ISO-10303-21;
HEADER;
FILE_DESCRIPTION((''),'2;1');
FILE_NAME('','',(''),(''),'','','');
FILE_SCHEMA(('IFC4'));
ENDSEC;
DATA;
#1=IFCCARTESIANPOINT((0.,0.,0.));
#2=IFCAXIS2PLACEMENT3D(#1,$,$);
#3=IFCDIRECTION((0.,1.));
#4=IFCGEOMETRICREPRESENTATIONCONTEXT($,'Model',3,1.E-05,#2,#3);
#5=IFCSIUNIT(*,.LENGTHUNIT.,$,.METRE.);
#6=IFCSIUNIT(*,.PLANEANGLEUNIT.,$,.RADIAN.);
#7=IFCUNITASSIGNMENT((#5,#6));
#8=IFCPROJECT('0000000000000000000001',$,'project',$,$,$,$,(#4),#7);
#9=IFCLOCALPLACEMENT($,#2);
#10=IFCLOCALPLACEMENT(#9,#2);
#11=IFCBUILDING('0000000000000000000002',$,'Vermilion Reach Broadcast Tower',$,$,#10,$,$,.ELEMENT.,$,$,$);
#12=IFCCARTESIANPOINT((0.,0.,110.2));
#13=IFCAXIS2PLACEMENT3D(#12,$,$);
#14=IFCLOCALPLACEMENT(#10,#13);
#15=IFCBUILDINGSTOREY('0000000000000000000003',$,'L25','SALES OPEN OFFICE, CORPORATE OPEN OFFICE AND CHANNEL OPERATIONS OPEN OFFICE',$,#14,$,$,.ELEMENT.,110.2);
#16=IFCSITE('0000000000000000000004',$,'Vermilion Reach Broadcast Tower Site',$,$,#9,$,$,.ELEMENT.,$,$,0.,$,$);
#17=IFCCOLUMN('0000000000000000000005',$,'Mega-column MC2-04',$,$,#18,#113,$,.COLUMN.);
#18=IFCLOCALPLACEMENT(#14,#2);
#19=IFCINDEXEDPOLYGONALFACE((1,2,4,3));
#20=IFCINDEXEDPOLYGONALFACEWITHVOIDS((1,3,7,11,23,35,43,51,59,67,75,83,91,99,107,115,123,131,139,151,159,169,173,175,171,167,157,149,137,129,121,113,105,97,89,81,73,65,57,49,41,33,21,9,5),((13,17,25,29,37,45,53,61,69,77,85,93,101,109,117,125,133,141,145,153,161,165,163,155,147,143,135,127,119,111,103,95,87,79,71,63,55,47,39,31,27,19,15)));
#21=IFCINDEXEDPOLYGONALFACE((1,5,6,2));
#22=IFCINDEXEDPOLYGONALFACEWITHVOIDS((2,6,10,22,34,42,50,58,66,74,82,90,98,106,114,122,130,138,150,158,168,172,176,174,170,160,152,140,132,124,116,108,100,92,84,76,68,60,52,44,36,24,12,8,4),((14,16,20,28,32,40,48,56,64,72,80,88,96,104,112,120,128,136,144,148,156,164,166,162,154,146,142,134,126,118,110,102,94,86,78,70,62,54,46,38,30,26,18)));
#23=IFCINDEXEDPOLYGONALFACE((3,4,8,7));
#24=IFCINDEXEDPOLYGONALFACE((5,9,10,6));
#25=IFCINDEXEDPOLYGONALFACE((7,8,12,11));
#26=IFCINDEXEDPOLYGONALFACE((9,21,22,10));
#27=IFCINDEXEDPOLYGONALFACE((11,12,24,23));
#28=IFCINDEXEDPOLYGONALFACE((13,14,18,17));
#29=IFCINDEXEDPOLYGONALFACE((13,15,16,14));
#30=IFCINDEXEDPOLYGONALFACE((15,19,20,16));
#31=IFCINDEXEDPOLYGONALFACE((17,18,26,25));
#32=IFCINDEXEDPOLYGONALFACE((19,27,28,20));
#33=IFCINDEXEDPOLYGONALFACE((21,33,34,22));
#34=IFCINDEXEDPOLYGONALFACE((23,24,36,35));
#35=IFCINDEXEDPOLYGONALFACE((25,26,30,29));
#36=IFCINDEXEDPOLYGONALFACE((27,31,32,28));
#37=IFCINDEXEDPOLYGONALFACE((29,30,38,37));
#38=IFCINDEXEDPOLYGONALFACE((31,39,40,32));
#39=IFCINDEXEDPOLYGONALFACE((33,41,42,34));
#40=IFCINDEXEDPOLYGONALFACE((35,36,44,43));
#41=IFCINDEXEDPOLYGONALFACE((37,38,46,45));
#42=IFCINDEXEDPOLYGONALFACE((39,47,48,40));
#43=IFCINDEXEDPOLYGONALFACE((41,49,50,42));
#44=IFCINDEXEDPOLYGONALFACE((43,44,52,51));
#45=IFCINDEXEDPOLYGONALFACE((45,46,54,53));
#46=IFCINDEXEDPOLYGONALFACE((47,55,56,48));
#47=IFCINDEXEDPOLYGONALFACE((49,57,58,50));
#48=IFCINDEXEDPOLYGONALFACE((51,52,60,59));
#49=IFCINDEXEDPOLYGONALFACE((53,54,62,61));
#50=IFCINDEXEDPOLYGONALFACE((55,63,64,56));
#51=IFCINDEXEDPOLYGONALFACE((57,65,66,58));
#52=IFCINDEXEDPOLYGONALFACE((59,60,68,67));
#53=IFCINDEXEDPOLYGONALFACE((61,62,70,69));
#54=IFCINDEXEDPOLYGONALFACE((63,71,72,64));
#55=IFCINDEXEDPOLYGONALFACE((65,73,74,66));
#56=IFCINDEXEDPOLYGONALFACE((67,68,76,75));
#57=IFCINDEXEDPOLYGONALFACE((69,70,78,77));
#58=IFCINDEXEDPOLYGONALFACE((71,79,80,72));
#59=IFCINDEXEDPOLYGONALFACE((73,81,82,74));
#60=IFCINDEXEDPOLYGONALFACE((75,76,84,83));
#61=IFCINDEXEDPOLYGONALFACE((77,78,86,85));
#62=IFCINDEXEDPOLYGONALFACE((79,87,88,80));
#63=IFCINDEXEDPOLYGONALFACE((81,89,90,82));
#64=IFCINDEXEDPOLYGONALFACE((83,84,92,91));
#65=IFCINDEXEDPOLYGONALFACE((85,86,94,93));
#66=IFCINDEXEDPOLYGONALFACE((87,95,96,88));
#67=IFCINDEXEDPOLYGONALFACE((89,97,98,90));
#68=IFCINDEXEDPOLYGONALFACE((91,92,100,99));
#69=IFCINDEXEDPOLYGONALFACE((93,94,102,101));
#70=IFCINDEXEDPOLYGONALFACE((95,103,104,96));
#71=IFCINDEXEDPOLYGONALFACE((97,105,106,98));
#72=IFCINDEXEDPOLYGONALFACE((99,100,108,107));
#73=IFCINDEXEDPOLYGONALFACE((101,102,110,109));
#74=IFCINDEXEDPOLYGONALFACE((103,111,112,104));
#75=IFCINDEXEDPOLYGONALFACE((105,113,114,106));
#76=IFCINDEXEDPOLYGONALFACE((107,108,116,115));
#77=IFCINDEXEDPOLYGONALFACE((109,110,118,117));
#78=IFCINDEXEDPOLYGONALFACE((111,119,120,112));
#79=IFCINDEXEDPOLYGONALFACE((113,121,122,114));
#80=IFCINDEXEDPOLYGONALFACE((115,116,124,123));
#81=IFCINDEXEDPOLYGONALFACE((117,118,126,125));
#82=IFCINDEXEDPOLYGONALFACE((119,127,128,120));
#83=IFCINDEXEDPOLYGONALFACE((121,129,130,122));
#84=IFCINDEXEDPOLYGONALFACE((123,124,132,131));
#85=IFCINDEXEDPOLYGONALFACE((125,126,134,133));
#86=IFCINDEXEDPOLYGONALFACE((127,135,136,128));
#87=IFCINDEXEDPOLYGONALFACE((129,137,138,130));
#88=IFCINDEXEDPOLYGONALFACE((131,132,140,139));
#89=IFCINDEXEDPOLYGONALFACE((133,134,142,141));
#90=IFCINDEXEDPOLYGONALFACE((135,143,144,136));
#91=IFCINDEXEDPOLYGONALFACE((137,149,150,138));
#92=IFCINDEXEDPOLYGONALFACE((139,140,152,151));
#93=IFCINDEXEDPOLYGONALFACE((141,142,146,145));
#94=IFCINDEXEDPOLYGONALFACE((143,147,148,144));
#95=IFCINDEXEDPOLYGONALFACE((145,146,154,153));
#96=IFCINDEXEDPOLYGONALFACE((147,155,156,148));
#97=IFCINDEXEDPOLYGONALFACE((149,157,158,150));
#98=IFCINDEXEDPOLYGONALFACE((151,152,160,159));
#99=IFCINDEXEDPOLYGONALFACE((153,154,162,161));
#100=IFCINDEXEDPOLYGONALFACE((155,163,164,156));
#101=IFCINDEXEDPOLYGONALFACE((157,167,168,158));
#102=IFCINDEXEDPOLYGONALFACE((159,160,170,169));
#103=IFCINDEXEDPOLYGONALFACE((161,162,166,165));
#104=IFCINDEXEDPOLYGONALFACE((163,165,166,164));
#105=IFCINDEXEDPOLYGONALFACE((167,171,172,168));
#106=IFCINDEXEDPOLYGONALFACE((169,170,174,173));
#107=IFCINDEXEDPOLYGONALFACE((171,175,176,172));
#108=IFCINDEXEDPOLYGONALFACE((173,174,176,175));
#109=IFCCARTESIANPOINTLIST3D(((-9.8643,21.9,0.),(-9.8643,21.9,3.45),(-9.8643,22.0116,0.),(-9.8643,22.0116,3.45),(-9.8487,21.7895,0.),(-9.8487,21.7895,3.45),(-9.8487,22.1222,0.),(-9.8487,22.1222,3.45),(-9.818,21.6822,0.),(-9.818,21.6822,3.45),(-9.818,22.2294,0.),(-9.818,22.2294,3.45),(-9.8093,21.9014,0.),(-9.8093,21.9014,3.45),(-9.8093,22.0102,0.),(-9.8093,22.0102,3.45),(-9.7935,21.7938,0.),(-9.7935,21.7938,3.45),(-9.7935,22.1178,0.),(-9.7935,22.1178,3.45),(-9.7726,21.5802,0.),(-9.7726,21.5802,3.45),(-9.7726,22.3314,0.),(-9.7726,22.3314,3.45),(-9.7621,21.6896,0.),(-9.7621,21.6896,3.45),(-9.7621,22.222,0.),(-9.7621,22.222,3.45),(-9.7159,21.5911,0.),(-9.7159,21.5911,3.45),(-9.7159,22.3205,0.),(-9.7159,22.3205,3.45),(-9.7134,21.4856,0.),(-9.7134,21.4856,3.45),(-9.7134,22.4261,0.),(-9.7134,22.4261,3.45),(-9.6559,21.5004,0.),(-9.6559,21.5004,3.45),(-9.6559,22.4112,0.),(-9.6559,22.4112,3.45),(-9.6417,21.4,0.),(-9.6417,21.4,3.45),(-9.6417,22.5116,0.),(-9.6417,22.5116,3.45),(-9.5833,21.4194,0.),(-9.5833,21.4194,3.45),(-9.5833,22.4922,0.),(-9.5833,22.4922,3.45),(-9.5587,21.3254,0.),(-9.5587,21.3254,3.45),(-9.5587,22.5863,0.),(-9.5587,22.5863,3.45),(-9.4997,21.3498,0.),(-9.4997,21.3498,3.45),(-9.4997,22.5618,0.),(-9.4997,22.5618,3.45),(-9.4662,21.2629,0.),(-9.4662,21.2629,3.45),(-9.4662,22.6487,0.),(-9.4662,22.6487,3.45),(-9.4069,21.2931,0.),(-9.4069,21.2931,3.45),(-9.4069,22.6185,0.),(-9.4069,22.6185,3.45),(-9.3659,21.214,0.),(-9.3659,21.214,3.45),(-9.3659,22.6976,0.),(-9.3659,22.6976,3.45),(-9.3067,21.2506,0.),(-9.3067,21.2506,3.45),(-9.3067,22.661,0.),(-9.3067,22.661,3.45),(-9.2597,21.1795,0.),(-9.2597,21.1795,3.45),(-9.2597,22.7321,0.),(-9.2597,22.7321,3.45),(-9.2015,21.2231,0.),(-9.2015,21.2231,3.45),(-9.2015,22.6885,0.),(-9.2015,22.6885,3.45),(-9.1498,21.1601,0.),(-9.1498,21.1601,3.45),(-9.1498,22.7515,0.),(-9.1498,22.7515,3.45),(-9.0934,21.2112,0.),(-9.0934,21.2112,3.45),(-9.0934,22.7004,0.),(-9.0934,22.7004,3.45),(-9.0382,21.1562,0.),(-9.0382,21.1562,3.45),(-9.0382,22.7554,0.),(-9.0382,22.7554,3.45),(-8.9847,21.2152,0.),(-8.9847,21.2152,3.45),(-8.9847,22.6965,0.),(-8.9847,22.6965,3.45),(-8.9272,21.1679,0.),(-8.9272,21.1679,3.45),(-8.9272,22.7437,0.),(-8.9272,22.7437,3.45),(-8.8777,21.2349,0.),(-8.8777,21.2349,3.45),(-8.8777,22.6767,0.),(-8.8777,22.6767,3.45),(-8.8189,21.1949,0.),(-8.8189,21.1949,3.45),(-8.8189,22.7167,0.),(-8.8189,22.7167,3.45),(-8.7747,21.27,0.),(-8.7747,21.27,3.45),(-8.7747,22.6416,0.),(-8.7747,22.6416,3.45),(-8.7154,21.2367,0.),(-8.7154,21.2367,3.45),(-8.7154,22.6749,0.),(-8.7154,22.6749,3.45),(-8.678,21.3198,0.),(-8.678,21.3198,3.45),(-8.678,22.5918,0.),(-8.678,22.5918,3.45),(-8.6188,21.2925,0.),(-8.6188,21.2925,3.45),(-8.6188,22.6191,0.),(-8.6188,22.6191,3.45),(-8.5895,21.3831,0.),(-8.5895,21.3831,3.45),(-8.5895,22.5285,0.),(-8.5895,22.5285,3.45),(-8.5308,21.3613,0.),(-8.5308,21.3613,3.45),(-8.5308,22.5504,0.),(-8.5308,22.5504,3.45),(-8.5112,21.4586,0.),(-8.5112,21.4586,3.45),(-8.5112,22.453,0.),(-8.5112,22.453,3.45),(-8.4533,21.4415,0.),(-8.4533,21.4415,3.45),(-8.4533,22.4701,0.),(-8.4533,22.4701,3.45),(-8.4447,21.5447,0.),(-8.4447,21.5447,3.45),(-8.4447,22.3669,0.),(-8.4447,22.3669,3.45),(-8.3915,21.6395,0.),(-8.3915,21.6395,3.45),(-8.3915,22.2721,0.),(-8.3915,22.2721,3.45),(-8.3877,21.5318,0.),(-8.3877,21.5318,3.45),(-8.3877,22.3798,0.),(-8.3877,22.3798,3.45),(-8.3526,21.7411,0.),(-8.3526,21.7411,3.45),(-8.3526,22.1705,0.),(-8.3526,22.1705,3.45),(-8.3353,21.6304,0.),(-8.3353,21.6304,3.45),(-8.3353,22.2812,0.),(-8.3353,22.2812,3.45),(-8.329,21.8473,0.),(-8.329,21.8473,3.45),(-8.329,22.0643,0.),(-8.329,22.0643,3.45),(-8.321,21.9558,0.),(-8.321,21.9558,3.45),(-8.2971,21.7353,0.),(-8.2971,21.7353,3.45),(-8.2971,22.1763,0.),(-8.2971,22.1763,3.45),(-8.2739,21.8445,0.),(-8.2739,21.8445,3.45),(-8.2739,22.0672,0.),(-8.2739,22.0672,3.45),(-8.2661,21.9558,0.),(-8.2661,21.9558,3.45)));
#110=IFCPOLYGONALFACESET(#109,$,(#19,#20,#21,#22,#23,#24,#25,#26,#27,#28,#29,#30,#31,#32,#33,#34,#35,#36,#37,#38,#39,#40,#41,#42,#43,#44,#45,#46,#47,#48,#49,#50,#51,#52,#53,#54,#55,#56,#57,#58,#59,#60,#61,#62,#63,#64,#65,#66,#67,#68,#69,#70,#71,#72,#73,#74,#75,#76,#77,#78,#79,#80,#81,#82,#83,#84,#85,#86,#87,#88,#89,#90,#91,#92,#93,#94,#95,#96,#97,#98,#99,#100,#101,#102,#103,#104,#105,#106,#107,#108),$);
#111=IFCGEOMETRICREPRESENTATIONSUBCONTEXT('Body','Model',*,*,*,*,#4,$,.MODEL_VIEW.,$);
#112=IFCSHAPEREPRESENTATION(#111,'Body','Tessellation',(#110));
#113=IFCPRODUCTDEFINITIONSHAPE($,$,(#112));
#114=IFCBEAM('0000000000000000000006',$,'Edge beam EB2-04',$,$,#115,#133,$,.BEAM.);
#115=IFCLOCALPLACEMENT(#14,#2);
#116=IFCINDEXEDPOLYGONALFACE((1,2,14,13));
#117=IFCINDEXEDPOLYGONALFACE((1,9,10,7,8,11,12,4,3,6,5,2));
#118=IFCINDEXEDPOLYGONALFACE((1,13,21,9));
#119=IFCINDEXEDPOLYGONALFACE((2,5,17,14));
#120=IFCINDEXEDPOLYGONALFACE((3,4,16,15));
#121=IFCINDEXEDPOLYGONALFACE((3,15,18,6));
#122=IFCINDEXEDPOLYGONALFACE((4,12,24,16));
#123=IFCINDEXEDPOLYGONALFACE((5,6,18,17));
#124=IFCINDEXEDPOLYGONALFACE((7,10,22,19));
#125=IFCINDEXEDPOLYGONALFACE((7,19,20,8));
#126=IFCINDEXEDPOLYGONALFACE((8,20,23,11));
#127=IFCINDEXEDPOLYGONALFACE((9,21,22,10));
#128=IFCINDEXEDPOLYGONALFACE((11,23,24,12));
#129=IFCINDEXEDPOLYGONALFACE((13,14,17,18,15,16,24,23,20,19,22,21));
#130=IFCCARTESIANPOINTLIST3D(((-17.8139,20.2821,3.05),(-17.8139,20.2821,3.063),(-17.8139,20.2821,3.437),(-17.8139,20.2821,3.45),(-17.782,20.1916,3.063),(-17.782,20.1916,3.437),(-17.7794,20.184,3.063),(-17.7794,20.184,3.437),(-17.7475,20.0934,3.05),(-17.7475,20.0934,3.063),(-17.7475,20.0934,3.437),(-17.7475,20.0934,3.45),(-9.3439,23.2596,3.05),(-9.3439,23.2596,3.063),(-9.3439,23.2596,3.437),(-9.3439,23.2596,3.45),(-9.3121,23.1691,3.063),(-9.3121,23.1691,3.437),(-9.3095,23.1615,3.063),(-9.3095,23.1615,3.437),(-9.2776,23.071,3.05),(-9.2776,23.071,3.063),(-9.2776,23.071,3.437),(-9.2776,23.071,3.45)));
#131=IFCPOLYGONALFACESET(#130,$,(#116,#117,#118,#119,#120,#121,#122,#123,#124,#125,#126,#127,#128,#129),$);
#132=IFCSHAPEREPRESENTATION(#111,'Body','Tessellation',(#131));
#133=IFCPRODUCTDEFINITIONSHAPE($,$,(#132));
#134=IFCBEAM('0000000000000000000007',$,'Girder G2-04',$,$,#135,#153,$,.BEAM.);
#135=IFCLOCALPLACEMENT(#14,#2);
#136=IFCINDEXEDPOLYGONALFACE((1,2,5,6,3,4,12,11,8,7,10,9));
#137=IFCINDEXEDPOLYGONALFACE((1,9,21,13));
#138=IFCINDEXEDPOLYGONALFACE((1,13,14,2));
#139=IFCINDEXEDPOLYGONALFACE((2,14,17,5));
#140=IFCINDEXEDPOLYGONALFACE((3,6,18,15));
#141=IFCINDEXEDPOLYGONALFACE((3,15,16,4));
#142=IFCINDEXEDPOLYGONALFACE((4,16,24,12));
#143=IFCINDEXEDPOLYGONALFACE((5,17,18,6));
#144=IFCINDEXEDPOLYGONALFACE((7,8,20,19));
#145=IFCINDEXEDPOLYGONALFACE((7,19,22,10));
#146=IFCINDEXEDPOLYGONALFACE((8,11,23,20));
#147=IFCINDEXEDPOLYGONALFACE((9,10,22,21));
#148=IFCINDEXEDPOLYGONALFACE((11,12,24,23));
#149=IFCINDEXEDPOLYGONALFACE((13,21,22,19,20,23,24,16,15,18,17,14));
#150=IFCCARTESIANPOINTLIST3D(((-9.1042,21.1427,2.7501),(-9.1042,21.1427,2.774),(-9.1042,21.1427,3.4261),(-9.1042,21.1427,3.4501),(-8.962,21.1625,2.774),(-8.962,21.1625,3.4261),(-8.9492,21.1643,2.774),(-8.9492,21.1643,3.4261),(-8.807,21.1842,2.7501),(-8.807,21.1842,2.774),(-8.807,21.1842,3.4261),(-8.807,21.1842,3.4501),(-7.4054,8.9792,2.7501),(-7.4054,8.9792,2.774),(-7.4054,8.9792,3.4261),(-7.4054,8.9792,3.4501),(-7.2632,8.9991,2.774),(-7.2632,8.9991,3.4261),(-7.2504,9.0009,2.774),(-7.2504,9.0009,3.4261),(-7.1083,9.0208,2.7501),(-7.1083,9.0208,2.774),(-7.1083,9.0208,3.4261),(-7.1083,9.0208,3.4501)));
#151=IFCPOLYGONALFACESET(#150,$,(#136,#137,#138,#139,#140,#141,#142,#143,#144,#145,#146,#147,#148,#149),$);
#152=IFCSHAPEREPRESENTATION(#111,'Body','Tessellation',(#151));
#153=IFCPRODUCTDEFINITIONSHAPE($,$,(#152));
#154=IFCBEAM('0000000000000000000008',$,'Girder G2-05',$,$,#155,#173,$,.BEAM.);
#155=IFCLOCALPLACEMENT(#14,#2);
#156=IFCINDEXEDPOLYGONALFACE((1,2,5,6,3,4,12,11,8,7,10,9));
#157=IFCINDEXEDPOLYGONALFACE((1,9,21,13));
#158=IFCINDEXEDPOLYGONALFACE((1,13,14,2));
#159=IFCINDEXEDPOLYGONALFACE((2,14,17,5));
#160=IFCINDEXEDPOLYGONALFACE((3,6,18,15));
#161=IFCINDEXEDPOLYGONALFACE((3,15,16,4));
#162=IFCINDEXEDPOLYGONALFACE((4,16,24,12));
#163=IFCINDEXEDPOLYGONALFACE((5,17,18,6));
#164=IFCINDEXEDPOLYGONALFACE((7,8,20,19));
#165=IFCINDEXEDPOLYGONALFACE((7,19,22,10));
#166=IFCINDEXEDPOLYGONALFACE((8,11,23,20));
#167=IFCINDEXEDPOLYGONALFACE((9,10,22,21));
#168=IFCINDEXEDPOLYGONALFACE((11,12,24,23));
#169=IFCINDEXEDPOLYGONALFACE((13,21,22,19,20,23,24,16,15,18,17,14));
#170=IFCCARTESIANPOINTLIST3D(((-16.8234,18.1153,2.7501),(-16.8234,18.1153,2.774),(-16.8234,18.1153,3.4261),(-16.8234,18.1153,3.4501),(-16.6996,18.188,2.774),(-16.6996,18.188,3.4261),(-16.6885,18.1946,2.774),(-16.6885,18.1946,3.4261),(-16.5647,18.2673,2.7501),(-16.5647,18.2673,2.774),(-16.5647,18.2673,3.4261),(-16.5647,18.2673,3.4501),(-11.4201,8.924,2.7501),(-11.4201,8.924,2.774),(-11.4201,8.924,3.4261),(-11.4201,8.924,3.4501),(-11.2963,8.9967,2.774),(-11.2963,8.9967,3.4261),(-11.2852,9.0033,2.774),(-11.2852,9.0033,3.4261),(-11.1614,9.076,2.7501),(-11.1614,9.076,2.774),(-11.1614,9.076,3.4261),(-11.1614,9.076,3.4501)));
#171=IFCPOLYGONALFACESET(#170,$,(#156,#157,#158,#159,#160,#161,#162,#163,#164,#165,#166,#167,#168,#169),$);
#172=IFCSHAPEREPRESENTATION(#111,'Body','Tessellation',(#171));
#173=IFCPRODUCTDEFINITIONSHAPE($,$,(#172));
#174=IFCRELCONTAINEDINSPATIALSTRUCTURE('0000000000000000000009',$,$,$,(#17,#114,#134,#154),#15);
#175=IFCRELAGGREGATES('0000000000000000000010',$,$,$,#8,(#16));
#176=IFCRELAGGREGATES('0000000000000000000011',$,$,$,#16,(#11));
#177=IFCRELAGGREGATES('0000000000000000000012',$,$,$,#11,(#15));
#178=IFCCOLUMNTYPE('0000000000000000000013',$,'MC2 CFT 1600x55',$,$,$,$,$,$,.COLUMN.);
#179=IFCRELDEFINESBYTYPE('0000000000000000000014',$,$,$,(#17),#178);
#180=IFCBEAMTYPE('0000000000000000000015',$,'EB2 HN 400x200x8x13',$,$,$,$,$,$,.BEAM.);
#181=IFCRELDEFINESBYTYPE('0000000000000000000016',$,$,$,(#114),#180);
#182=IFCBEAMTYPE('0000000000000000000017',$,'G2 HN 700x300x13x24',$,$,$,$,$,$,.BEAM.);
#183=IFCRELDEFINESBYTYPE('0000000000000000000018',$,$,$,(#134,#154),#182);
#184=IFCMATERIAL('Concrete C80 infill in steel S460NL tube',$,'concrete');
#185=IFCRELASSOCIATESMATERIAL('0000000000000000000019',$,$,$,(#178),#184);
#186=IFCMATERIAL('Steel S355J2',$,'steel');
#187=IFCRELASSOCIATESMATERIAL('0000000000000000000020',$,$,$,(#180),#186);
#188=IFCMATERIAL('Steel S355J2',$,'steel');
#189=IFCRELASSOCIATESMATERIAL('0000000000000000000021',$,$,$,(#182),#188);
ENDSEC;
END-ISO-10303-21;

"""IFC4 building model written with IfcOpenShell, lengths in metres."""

from ifc_helpers import new_model, si_unit, direction, frame, origin, origin_2d, place, context, subcontext, project, spatial, hollow_circle, i_section, extrude, material, material_profile, profile_set, type_object, element, save


model = new_model("IFC4")

# Units and contexts
model_context = context("Model", 3, precision=1e-05, world=origin(), true_north=direction((0.0, 1.0)))
body_context = subcontext(model_context, "Body", "Model", "MODEL_VIEW")
ifc_project = project(units=[si_unit("LENGTHUNIT", "METRE"), si_unit("PLANEANGLEUNIT", "RADIAN")], contexts=[model_context])

# Site, building, storey
site_placement = place(None, origin())
site = spatial("IfcSite", under=ifc_project, at=site_placement, Name="Vermilion Reach Broadcast Tower Site", CompositionType="ELEMENT", RefElevation=0.0)
building_placement = place(site_placement, origin())
building = spatial("IfcBuilding", under=site, at=building_placement, Name="Vermilion Reach Broadcast Tower", CompositionType="ELEMENT")
storey_placement = place(building_placement, frame((0.0, 0.0, 110.2)))
storey = spatial("IfcBuildingStorey", under=building, at=storey_placement, Name="L25", Description="SALES OPEN OFFICE, CORPORATE OPEN OFFICE AND CHANNEL OPERATIONS OPEN OFFICE", CompositionType="ELEMENT", Elevation=110.2)

# Column
ifc_material_1 = material(Name="Concrete C80 infill in steel S460NL tube", Category="concrete")
ifc_material_profile_1 = material_profile(ifc_material_1, hollow_circle(Radius=0.8, WallThickness=0.0549, at=origin_2d()), Name="Concrete C80 infill in steel S460NL tube CFT 1600x55")
ifc_profile_set_1 = profile_set([ifc_material_profile_1], Name="Concrete C80 infill in steel S460NL tube")
column_type = type_object("IfcColumnType", Name="MC2 CFT 1600x55", PredefinedType="COLUMN", material=ifc_profile_set_1)
column_placement = place(storey_placement, frame((-9.0662, 21.9558, 0.0), z_axis=(0.0, 0.0, 1.0), x_axis=(1.0, 0.0, 0.0)))
element("IfcColumn", 1, at=column_placement, inside=storey, type_object=column_type, Name="Mega-column MC2-04", PredefinedType="COLUMN", context=body_context, shape_type="SweptSolid", body=[
    extrude(hollow_circle(Radius=0.8, WallThickness=0.0549, at=origin_2d()), origin(), (0.0, 0.0, 1.0), 3.45),
])

# Beams
ifc_material_2 = material(Name="Steel S355J2", Category="steel")
ifc_material_profile_2 = material_profile(ifc_material_2, i_section(OverallWidth=0.2, OverallDepth=0.3999, WebThickness=0.0081, FlangeThickness=0.0129, at=origin_2d()), Name="S355J2 HN 400x200x8x13")
ifc_profile_set_2 = profile_set([ifc_material_profile_2], Name="Steel S355J2")
beam_type_1 = type_object("IfcBeamType", Name="EB2 HN 400x200x8x13", PredefinedType="BEAM", material=ifc_profile_set_2)
beam_1_placement = place(storey_placement, frame((-9.3108, 23.1653, 3.25), z_axis=(-0.943404, -0.331645, 0.0), x_axis=(0.331645, -0.943404, 0.0)))
element("IfcBeam", 2, at=beam_1_placement, inside=storey, type_object=beam_type_1, Name="Edge beam EB2-04", PredefinedType="BEAM", context=body_context, shape_type="SweptSolid", body=[
    extrude(i_section(OverallWidth=0.2, OverallDepth=0.3999, WebThickness=0.0081, FlangeThickness=0.0129, at=origin_2d()), origin(), (0.0, 0.0, 1.0), 8.978),
])
ifc_material_3 = material(Name="Steel S355J2", Category="steel")
ifc_material_profile_3 = material_profile(ifc_material_3, i_section(OverallWidth=0.3, OverallDepth=0.7, WebThickness=0.0129, FlangeThickness=0.0239, at=origin_2d()), Name="S355J2 HN 700x300x13x24")
ifc_profile_set_3 = profile_set([ifc_material_profile_3], Name="Steel S355J2")
beam_type_2 = type_object("IfcBeamType", Name="G2 HN 700x300x13x24", PredefinedType="BEAM", material=ifc_profile_set_3)
beam_2_placement = place(storey_placement, frame((-7.2568, 9.0, 3.1001), z_axis=(-0.138318, 0.990388, 0.0), x_axis=(-0.990388, -0.138318, 0.0)))
element("IfcBeam", 3, at=beam_2_placement, inside=storey, type_object=beam_type_2, Name="Girder G2-04", PredefinedType="BEAM", context=body_context, shape_type="SweptSolid", body=[
    extrude(i_section(OverallWidth=0.3, OverallDepth=0.7, WebThickness=0.0129, FlangeThickness=0.0239, at=origin_2d()), origin(), (0.0, 0.0, 1.0), 12.2815),
])
beam_3_placement = place(storey_placement, frame((-11.2908, 9.0, 3.1001), z_axis=(-0.506784, 0.862073, 0.0), x_axis=(-0.862073, -0.506784, 0.0)))
element("IfcBeam", 4, at=beam_3_placement, inside=storey, type_object=beam_type_2, Name="Girder G2-05", PredefinedType="BEAM", context=body_context, shape_type="SweptSolid", body=[
    extrude(i_section(OverallWidth=0.3, OverallDepth=0.7, WebThickness=0.0129, FlangeThickness=0.0239, at=origin_2d()), origin(), (0.0, 0.0, 1.0), 10.6619),
])

save(model, "model.ifc")
